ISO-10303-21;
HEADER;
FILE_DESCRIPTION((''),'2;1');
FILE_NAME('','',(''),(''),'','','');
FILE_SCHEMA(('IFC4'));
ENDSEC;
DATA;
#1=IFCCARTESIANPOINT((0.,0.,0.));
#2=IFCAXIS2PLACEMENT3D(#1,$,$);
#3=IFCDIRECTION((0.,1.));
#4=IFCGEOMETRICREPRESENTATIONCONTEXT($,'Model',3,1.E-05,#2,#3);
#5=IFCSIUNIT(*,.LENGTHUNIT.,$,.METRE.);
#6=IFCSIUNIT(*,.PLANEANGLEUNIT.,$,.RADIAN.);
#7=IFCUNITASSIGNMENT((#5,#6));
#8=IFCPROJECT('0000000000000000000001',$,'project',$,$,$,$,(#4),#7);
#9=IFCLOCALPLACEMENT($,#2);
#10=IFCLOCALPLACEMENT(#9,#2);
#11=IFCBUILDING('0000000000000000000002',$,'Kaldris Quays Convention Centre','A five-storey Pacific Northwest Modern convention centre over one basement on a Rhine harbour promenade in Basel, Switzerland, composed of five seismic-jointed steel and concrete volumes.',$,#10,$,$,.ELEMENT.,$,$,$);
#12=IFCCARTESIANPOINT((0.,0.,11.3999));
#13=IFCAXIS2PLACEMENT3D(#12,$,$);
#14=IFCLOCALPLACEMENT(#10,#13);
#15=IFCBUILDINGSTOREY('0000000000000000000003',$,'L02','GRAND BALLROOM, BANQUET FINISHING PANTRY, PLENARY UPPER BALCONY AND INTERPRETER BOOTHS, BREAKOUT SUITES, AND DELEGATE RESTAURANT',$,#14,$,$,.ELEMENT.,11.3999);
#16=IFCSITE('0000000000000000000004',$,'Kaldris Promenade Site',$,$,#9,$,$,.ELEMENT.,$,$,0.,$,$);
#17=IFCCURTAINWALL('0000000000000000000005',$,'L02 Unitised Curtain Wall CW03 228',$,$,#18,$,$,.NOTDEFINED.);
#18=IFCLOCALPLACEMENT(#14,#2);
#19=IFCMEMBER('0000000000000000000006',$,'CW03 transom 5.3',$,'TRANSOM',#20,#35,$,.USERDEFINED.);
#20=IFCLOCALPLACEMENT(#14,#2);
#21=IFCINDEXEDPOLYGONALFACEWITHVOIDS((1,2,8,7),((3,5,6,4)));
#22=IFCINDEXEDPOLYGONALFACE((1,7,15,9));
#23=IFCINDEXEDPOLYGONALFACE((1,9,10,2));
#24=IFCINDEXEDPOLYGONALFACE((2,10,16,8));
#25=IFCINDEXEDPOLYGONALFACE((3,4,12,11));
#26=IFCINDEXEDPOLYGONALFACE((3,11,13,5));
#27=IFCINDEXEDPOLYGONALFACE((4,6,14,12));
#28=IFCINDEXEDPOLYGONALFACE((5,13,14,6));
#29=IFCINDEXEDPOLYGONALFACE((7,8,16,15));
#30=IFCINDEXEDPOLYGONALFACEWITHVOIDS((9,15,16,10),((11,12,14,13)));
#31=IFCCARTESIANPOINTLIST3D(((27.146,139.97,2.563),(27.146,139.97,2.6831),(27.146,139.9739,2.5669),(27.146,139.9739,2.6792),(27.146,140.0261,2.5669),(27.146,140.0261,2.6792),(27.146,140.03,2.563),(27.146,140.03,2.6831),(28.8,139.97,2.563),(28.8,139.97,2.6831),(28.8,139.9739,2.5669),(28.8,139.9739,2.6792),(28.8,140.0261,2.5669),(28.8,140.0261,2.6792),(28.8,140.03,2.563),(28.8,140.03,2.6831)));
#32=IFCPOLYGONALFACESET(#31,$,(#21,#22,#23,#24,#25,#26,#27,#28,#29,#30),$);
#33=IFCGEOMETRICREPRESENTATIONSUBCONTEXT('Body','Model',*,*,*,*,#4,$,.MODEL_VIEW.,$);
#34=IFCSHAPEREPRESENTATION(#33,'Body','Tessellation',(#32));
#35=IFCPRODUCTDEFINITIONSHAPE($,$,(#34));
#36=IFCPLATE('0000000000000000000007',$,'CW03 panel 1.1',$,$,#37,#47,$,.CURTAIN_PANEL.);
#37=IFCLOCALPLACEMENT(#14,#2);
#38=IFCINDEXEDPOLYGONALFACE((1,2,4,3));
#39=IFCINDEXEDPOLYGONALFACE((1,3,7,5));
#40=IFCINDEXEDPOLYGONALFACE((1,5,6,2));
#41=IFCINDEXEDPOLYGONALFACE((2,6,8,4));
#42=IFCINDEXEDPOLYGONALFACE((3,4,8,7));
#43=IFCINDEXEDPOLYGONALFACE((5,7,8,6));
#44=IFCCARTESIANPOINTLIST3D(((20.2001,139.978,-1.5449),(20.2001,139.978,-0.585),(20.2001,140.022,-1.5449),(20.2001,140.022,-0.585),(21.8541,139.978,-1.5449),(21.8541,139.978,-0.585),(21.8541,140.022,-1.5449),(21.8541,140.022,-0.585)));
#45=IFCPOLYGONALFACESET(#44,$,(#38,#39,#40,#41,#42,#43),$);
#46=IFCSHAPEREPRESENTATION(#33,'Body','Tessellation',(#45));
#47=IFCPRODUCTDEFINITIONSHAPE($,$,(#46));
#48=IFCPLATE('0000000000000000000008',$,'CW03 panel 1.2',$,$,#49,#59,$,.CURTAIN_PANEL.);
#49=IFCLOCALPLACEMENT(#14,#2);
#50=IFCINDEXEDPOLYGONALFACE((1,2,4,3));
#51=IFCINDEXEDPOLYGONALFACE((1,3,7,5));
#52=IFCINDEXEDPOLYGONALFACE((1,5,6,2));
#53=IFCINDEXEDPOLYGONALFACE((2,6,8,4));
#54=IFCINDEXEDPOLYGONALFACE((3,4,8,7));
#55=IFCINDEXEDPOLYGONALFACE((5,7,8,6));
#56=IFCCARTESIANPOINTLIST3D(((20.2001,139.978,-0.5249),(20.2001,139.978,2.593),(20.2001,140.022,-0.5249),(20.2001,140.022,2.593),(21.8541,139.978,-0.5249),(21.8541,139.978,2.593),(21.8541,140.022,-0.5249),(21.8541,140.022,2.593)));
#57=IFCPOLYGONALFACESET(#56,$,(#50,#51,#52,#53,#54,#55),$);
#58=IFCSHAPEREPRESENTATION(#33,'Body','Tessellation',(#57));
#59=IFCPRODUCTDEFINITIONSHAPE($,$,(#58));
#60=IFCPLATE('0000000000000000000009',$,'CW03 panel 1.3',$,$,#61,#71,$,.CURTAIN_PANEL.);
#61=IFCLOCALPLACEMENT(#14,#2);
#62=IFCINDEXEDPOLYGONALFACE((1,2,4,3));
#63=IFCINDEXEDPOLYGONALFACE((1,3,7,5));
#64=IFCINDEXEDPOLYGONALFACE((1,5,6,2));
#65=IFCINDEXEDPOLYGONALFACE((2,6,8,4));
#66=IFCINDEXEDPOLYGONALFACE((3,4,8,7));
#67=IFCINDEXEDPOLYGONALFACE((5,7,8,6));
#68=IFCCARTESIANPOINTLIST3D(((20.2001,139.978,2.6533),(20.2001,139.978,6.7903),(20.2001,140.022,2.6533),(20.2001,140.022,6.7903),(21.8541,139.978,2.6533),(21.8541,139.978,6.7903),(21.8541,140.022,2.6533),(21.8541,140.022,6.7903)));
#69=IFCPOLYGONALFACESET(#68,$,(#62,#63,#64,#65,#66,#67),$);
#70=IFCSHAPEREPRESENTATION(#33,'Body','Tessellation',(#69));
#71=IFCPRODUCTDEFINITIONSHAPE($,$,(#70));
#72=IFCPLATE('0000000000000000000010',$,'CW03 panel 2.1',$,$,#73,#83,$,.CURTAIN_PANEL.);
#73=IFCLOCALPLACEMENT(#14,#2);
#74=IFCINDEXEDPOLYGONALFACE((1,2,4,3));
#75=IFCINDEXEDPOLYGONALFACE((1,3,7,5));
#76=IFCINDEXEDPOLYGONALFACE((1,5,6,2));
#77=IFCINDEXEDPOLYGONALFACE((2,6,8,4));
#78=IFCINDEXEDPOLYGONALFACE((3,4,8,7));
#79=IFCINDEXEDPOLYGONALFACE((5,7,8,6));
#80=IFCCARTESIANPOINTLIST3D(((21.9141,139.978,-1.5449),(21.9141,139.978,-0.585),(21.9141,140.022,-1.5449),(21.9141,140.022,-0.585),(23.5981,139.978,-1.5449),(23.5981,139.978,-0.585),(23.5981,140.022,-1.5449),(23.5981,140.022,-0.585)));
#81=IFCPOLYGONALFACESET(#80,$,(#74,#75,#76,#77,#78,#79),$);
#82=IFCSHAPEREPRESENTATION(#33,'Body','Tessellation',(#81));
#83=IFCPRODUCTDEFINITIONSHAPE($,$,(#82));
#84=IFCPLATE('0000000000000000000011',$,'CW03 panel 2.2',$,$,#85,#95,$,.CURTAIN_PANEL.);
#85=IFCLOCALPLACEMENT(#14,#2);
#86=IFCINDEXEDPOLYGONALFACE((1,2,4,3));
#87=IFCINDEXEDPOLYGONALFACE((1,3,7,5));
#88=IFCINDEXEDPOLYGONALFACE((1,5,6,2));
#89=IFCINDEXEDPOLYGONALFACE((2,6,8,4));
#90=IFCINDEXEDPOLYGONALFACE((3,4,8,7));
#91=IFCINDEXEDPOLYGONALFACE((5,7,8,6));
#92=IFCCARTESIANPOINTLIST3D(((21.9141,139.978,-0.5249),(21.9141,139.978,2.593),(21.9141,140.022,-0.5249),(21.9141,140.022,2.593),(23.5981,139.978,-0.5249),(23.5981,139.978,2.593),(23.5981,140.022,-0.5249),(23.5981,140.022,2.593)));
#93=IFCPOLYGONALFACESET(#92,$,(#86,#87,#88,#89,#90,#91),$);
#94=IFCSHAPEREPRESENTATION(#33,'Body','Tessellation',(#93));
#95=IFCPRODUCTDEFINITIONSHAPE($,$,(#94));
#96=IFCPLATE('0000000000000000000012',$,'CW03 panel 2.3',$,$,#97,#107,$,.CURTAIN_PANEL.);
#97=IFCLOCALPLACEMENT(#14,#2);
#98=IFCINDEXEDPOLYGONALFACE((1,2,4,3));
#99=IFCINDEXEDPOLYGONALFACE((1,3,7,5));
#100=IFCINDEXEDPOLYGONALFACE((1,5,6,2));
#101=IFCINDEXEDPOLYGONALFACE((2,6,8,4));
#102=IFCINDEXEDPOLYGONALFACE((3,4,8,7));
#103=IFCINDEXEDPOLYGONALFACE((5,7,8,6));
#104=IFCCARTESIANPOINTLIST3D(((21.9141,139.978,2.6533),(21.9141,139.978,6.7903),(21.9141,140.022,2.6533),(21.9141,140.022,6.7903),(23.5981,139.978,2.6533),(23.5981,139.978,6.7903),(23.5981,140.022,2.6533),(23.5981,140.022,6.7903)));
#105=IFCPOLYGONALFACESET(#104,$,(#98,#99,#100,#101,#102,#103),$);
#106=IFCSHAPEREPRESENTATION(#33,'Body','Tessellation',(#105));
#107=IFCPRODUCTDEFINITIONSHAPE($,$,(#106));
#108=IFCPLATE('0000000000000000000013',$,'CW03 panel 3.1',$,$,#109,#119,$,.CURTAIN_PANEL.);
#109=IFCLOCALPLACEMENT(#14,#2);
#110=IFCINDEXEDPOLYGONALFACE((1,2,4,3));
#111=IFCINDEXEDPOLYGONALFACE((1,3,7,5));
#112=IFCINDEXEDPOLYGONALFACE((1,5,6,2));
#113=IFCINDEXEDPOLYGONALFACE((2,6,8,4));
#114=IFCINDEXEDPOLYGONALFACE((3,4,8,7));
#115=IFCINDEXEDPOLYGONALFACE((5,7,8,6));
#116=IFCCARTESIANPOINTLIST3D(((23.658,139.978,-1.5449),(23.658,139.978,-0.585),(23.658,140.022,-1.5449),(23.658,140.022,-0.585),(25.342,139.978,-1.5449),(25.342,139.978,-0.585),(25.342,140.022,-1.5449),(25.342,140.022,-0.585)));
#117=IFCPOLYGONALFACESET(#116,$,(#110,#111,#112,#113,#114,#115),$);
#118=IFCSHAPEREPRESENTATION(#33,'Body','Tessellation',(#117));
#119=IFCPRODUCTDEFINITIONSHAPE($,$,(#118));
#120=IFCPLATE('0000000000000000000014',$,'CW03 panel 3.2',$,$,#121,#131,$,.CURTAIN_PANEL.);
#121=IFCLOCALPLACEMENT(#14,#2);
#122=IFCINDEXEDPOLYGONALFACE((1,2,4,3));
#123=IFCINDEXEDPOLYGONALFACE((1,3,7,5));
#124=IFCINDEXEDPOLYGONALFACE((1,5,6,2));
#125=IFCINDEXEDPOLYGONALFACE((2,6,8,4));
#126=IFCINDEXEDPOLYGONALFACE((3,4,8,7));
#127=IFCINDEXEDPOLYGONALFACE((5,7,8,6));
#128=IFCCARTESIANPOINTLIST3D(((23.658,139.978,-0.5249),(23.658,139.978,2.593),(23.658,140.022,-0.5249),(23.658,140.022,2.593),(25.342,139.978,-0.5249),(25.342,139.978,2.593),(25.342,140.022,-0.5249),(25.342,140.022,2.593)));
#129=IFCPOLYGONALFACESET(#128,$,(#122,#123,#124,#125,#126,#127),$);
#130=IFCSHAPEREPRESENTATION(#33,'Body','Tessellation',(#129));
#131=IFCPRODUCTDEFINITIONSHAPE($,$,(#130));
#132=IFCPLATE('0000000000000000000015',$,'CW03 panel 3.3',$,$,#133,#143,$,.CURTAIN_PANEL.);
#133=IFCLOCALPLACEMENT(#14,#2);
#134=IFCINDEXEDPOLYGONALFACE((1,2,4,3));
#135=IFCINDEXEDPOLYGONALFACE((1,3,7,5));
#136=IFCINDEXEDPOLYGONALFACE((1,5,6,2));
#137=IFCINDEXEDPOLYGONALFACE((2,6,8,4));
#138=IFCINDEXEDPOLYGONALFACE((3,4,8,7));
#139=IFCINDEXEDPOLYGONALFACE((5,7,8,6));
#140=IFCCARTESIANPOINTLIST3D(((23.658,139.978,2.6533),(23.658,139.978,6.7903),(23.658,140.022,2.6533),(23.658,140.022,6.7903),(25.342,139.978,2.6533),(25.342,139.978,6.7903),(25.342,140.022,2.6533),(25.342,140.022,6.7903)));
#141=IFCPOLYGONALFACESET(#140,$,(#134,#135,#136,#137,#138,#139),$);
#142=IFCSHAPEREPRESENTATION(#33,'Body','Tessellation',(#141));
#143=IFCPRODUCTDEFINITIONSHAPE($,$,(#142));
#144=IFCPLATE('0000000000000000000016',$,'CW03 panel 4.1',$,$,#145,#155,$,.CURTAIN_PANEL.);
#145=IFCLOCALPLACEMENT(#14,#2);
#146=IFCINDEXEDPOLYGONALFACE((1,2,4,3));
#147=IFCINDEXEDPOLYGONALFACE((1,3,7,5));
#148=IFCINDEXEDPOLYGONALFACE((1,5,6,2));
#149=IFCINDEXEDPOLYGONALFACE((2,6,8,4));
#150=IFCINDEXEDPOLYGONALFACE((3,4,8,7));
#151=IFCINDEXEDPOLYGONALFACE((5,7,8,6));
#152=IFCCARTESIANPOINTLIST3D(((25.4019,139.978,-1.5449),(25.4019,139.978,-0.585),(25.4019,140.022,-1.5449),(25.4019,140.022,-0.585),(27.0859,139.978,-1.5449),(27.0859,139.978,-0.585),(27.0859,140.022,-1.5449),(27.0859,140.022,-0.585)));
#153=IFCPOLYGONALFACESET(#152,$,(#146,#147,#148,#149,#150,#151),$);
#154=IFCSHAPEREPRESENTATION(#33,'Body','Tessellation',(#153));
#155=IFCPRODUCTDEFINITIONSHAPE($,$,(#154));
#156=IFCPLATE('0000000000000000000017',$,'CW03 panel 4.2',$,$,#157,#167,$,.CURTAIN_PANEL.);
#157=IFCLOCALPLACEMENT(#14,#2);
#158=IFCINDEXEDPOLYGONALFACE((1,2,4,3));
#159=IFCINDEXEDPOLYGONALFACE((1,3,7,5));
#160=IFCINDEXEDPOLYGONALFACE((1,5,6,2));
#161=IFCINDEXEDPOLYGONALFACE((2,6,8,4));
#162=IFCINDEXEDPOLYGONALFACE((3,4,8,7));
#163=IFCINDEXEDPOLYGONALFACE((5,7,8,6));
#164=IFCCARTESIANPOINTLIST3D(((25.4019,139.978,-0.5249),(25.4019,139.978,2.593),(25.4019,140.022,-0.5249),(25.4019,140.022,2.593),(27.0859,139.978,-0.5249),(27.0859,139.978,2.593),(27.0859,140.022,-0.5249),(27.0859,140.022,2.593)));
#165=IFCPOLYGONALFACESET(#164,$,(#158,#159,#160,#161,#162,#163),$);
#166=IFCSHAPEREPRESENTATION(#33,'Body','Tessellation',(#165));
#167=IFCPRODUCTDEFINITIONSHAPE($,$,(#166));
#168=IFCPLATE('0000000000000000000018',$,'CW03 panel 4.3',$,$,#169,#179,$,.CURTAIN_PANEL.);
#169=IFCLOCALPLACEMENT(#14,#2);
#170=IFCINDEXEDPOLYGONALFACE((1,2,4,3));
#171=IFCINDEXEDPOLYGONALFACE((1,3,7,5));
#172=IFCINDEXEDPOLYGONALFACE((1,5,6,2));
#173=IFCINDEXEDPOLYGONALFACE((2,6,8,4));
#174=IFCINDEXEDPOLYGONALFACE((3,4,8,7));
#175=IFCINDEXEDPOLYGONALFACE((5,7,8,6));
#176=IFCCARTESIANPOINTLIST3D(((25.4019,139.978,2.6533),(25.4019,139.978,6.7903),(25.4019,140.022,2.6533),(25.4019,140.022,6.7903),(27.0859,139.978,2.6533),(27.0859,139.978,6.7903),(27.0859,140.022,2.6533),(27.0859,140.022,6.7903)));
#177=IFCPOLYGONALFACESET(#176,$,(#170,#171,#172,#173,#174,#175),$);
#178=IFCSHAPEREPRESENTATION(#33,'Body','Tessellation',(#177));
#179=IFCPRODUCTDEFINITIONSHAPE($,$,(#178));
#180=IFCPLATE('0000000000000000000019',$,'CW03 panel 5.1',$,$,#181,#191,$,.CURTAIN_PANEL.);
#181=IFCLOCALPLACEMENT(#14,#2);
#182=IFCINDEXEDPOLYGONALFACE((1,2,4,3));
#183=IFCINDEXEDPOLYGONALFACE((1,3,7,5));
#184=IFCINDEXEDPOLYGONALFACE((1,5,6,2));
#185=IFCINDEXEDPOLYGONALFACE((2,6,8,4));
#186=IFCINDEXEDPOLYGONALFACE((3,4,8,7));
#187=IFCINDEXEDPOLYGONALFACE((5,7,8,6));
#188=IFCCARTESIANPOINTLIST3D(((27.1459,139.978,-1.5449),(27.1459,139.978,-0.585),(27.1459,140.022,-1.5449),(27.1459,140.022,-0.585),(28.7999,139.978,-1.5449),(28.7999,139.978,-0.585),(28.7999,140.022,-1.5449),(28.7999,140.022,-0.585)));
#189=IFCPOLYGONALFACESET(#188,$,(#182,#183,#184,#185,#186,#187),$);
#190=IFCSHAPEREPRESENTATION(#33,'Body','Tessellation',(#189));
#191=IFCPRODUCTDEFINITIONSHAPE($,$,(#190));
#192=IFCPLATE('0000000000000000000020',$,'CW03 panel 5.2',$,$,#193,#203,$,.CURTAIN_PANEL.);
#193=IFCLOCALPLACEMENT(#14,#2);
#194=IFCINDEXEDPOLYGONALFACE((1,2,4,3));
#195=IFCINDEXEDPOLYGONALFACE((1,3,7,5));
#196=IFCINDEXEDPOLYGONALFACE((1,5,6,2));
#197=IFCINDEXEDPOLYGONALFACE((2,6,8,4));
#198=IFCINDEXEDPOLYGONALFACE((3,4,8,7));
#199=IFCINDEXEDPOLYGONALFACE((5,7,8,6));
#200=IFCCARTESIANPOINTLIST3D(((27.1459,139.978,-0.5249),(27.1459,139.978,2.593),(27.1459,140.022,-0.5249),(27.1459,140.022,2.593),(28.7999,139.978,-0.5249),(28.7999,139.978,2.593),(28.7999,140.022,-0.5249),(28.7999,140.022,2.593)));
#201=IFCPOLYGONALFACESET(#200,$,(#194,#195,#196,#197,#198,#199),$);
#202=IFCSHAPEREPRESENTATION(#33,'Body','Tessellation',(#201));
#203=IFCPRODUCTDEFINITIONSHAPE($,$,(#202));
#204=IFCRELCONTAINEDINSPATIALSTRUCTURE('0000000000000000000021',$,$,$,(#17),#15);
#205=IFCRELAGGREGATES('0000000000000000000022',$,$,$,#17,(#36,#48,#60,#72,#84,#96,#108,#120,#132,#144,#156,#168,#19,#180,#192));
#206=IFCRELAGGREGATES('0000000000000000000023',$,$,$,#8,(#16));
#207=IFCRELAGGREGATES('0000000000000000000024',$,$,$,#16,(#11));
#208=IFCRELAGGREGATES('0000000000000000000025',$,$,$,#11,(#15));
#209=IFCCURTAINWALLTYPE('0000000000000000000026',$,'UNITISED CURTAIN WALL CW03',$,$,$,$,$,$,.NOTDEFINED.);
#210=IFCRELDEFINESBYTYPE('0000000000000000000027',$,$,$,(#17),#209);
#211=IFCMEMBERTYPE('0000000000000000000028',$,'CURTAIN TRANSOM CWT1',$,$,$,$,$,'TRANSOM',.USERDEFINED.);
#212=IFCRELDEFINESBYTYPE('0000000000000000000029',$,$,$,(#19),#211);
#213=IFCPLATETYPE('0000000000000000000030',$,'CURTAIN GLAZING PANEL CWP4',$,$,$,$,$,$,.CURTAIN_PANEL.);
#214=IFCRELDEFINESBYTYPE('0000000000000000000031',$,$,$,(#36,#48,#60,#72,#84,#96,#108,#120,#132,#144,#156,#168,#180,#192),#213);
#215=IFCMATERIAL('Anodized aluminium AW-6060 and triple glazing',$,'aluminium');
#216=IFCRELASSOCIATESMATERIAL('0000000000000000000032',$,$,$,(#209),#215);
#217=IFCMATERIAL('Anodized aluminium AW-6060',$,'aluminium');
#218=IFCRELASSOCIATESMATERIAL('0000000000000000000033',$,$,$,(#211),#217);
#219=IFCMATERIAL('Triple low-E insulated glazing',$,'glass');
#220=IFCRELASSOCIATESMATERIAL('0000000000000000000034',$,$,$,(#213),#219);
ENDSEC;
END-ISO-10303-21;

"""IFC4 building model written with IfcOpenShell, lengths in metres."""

from ifc_helpers import new_model, si_unit, direction, frame, origin, origin_2d, place, context, subcontext, project, spatial, rectangle, hollow_rectangle, extrude, material, material_profile, profile_set, type_object, element, aggregate, save


model = new_model("IFC4")

# Units and contexts
model_context = context("Model", 3, precision=1e-05, world=origin(), true_north=direction((0.0, 1.0)))
body_context = subcontext(model_context, "Body", "Model", "MODEL_VIEW")
ifc_project = project(units=[si_unit("LENGTHUNIT", "METRE"), si_unit("PLANEANGLEUNIT", "RADIAN")], contexts=[model_context])

# Site, building, storey
site_placement = place(None, origin())
site = spatial("IfcSite", under=ifc_project, at=site_placement, Name="Kaldris Promenade Site", CompositionType="ELEMENT", RefElevation=0.0)
building_placement = place(site_placement, origin())
building = spatial("IfcBuilding", under=site, at=building_placement, Name="Kaldris Quays Convention Centre", Description="A five-storey Pacific Northwest Modern convention centre over one basement on a Rhine harbour promenade in Basel, Switzerland, composed of five seismic-jointed steel and concrete volumes.", CompositionType="ELEMENT")
storey_placement = place(building_placement, frame((0.0, 0.0, 11.3999)))
storey = spatial("IfcBuildingStorey", under=building, at=storey_placement, Name="L02", Description="GRAND BALLROOM, BANQUET FINISHING PANTRY, PLENARY UPPER BALCONY AND INTERPRETER BOOTHS, BREAKOUT SUITES, AND DELEGATE RESTAURANT", CompositionType="ELEMENT", Elevation=11.3999)

# Curtain wall, member, plates
ifc_material_1 = material(Name="Anodized aluminium AW-6060 and triple glazing", Category="aluminium")
curtain_wall_type = type_object("IfcCurtainWallType", Name="UNITISED CURTAIN WALL CW03", PredefinedType="NOTDEFINED", material=ifc_material_1)
curtain_wall_placement = place(storey_placement, origin())
curtain_wall = element("IfcCurtainWall", 1, at=curtain_wall_placement, inside=storey, type_object=curtain_wall_type, Name="L02 Unitised Curtain Wall CW03 228", PredefinedType="NOTDEFINED")
ifc_material_2 = material(Name="Anodized aluminium AW-6060", Category="aluminium")
ifc_material_profile_1 = material_profile(ifc_material_2, hollow_rectangle(XDim=0.0601, YDim=0.1201, WallThickness=0.0039, at=origin_2d()), Name="RHS 120x60x4")
ifc_profile_set_1 = profile_set([ifc_material_profile_1], Name="Anodized aluminium AW-6060")
member_type_1 = type_object("IfcMemberType", Name="CURTAIN TRANSOM CWT1", ElementType="TRANSOM", PredefinedType="USERDEFINED", material=ifc_profile_set_1)
member_1_placement = place(storey_placement, frame((27.146, 140.0, 2.623), z_axis=(1.0, 0.0, 0.0), x_axis=(0.0, 1.0, 0.0)))
member_1 = element("IfcMember", 2, at=member_1_placement, type_object=member_type_1, Name="CW03 transom 5.3", ObjectType="TRANSOM", PredefinedType="USERDEFINED", context=body_context, shape_type="SweptSolid", body=[
    extrude(hollow_rectangle(XDim=0.0601, YDim=0.1201, WallThickness=0.0039, at=origin_2d()), origin(), (0.0, 0.0, 1.0), 1.6541),
])
ifc_material_3 = material(Name="Triple low-E insulated glazing", Category="glass")
plate_type = type_object("IfcPlateType", Name="CURTAIN GLAZING PANEL CWP4", PredefinedType="CURTAIN_PANEL", material=ifc_material_3)
plate_1_placement = place(storey_placement, frame((21.0271, 140.0, -1.5449), z_axis=(0.0, 0.0, 1.0), x_axis=(1.0, 0.0, 0.0)))
plate_1 = element("IfcPlate", 3, at=plate_1_placement, type_object=plate_type, Name="CW03 panel 1.1", PredefinedType="CURTAIN_PANEL", context=body_context, shape_type="SweptSolid", body=[
    extrude(rectangle(XDim=1.6541, YDim=0.0439, at=origin_2d()), origin(), (0.0, 0.0, 1.0), 0.96),
])
plate_2_placement = place(storey_placement, frame((21.0271, 140.0, -0.5249), z_axis=(0.0, 0.0, 1.0), x_axis=(1.0, 0.0, 0.0)))
plate_2 = element("IfcPlate", 4, at=plate_2_placement, type_object=plate_type, Name="CW03 panel 1.2", PredefinedType="CURTAIN_PANEL", context=body_context, shape_type="SweptSolid", body=[
    extrude(rectangle(XDim=1.6541, YDim=0.0439, at=origin_2d()), origin(), (0.0, 0.0, 1.0), 3.1179),
])
plate_3_placement = place(storey_placement, frame((21.0271, 140.0, 2.6533), z_axis=(0.0, 0.0, 1.0), x_axis=(1.0, 0.0, 0.0)))
plate_3 = element("IfcPlate", 5, at=plate_3_placement, type_object=plate_type, Name="CW03 panel 1.3", PredefinedType="CURTAIN_PANEL", context=body_context, shape_type="SweptSolid", body=[
    extrude(rectangle(XDim=1.6541, YDim=0.0439, at=origin_2d()), origin(), (0.0, 0.0, 1.0), 4.137),
])
plate_4_placement = place(storey_placement, frame((22.7561, 140.0, -1.5449), z_axis=(0.0, 0.0, 1.0), x_axis=(1.0, 0.0, 0.0)))
plate_4 = element("IfcPlate", 6, at=plate_4_placement, type_object=plate_type, Name="CW03 panel 2.1", PredefinedType="CURTAIN_PANEL", context=body_context, shape_type="SweptSolid", body=[
    extrude(rectangle(XDim=1.6841, YDim=0.0439, at=origin_2d()), origin(), (0.0, 0.0, 1.0), 0.96),
])
plate_5_placement = place(storey_placement, frame((22.7561, 140.0, -0.5249), z_axis=(0.0, 0.0, 1.0), x_axis=(1.0, 0.0, 0.0)))
plate_5 = element("IfcPlate", 7, at=plate_5_placement, type_object=plate_type, Name="CW03 panel 2.2", PredefinedType="CURTAIN_PANEL", context=body_context, shape_type="SweptSolid", body=[
    extrude(rectangle(XDim=1.6841, YDim=0.0439, at=origin_2d()), origin(), (0.0, 0.0, 1.0), 3.1179),
])
plate_6_placement = place(storey_placement, frame((22.7561, 140.0, 2.6533), z_axis=(0.0, 0.0, 1.0), x_axis=(1.0, 0.0, 0.0)))
plate_6 = element("IfcPlate", 8, at=plate_6_placement, type_object=plate_type, Name="CW03 panel 2.3", PredefinedType="CURTAIN_PANEL", context=body_context, shape_type="SweptSolid", body=[
    extrude(rectangle(XDim=1.6841, YDim=0.0439, at=origin_2d()), origin(), (0.0, 0.0, 1.0), 4.137),
])
plate_7_placement = place(storey_placement, frame((24.5, 140.0, -1.5449), z_axis=(0.0, 0.0, 1.0), x_axis=(1.0, 0.0, 0.0)))
plate_7 = element("IfcPlate", 9, at=plate_7_placement, type_object=plate_type, Name="CW03 panel 3.1", PredefinedType="CURTAIN_PANEL", context=body_context, shape_type="SweptSolid", body=[
    extrude(rectangle(XDim=1.6841, YDim=0.0439, at=origin_2d()), origin(), (0.0, 0.0, 1.0), 0.96),
])
plate_8_placement = place(storey_placement, frame((24.5, 140.0, -0.5249), z_axis=(0.0, 0.0, 1.0), x_axis=(1.0, 0.0, 0.0)))
plate_8 = element("IfcPlate", 10, at=plate_8_placement, type_object=plate_type, Name="CW03 panel 3.2", PredefinedType="CURTAIN_PANEL", context=body_context, shape_type="SweptSolid", body=[
    extrude(rectangle(XDim=1.6841, YDim=0.0439, at=origin_2d()), origin(), (0.0, 0.0, 1.0), 3.1179),
])
plate_9_placement = place(storey_placement, frame((24.5, 140.0, 2.6533), z_axis=(0.0, 0.0, 1.0), x_axis=(1.0, 0.0, 0.0)))
plate_9 = element("IfcPlate", 11, at=plate_9_placement, type_object=plate_type, Name="CW03 panel 3.3", PredefinedType="CURTAIN_PANEL", context=body_context, shape_type="SweptSolid", body=[
    extrude(rectangle(XDim=1.6841, YDim=0.0439, at=origin_2d()), origin(), (0.0, 0.0, 1.0), 4.137),
])
plate_10_placement = place(storey_placement, frame((26.2439, 140.0, -1.5449), z_axis=(0.0, 0.0, 1.0), x_axis=(1.0, 0.0, 0.0)))
plate_10 = element("IfcPlate", 12, at=plate_10_placement, type_object=plate_type, Name="CW03 panel 4.1", PredefinedType="CURTAIN_PANEL", context=body_context, shape_type="SweptSolid", body=[
    extrude(rectangle(XDim=1.6841, YDim=0.0439, at=origin_2d()), origin(), (0.0, 0.0, 1.0), 0.96),
])
plate_11_placement = place(storey_placement, frame((26.2439, 140.0, -0.5249), z_axis=(0.0, 0.0, 1.0), x_axis=(1.0, 0.0, 0.0)))
plate_11 = element("IfcPlate", 13, at=plate_11_placement, type_object=plate_type, Name="CW03 panel 4.2", PredefinedType="CURTAIN_PANEL", context=body_context, shape_type="SweptSolid", body=[
    extrude(rectangle(XDim=1.6841, YDim=0.0439, at=origin_2d()), origin(), (0.0, 0.0, 1.0), 3.1179),
])
plate_12_placement = place(storey_placement, frame((26.2439, 140.0, 2.6533), z_axis=(0.0, 0.0, 1.0), x_axis=(1.0, 0.0, 0.0)))
plate_12 = element("IfcPlate", 14, at=plate_12_placement, type_object=plate_type, Name="CW03 panel 4.3", PredefinedType="CURTAIN_PANEL", context=body_context, shape_type="SweptSolid", body=[
    extrude(rectangle(XDim=1.6841, YDim=0.0439, at=origin_2d()), origin(), (0.0, 0.0, 1.0), 4.137),
])
plate_13_placement = place(storey_placement, frame((27.9729, 140.0, -1.5449), z_axis=(0.0, 0.0, 1.0), x_axis=(1.0, 0.0, 0.0)))
plate_13 = element("IfcPlate", 15, at=plate_13_placement, type_object=plate_type, Name="CW03 panel 5.1", PredefinedType="CURTAIN_PANEL", context=body_context, shape_type="SweptSolid", body=[
    extrude(rectangle(XDim=1.6541, YDim=0.0439, at=origin_2d()), origin(), (0.0, 0.0, 1.0), 0.96),
])
plate_14_placement = place(storey_placement, frame((27.9729, 140.0, -0.5249), z_axis=(0.0, 0.0, 1.0), x_axis=(1.0, 0.0, 0.0)))
plate_14 = element("IfcPlate", 16, at=plate_14_placement, type_object=plate_type, Name="CW03 panel 5.2", PredefinedType="CURTAIN_PANEL", context=body_context, shape_type="SweptSolid", body=[
    extrude(rectangle(XDim=1.6541, YDim=0.0439, at=origin_2d()), origin(), (0.0, 0.0, 1.0), 3.1179),
])
aggregate(curtain_wall, [plate_1, plate_2, plate_3, plate_4, plate_5, plate_6, plate_7, plate_8, plate_9, plate_10, plate_11, plate_12, member_1, plate_13, plate_14])

save(model, "model.ifc")
